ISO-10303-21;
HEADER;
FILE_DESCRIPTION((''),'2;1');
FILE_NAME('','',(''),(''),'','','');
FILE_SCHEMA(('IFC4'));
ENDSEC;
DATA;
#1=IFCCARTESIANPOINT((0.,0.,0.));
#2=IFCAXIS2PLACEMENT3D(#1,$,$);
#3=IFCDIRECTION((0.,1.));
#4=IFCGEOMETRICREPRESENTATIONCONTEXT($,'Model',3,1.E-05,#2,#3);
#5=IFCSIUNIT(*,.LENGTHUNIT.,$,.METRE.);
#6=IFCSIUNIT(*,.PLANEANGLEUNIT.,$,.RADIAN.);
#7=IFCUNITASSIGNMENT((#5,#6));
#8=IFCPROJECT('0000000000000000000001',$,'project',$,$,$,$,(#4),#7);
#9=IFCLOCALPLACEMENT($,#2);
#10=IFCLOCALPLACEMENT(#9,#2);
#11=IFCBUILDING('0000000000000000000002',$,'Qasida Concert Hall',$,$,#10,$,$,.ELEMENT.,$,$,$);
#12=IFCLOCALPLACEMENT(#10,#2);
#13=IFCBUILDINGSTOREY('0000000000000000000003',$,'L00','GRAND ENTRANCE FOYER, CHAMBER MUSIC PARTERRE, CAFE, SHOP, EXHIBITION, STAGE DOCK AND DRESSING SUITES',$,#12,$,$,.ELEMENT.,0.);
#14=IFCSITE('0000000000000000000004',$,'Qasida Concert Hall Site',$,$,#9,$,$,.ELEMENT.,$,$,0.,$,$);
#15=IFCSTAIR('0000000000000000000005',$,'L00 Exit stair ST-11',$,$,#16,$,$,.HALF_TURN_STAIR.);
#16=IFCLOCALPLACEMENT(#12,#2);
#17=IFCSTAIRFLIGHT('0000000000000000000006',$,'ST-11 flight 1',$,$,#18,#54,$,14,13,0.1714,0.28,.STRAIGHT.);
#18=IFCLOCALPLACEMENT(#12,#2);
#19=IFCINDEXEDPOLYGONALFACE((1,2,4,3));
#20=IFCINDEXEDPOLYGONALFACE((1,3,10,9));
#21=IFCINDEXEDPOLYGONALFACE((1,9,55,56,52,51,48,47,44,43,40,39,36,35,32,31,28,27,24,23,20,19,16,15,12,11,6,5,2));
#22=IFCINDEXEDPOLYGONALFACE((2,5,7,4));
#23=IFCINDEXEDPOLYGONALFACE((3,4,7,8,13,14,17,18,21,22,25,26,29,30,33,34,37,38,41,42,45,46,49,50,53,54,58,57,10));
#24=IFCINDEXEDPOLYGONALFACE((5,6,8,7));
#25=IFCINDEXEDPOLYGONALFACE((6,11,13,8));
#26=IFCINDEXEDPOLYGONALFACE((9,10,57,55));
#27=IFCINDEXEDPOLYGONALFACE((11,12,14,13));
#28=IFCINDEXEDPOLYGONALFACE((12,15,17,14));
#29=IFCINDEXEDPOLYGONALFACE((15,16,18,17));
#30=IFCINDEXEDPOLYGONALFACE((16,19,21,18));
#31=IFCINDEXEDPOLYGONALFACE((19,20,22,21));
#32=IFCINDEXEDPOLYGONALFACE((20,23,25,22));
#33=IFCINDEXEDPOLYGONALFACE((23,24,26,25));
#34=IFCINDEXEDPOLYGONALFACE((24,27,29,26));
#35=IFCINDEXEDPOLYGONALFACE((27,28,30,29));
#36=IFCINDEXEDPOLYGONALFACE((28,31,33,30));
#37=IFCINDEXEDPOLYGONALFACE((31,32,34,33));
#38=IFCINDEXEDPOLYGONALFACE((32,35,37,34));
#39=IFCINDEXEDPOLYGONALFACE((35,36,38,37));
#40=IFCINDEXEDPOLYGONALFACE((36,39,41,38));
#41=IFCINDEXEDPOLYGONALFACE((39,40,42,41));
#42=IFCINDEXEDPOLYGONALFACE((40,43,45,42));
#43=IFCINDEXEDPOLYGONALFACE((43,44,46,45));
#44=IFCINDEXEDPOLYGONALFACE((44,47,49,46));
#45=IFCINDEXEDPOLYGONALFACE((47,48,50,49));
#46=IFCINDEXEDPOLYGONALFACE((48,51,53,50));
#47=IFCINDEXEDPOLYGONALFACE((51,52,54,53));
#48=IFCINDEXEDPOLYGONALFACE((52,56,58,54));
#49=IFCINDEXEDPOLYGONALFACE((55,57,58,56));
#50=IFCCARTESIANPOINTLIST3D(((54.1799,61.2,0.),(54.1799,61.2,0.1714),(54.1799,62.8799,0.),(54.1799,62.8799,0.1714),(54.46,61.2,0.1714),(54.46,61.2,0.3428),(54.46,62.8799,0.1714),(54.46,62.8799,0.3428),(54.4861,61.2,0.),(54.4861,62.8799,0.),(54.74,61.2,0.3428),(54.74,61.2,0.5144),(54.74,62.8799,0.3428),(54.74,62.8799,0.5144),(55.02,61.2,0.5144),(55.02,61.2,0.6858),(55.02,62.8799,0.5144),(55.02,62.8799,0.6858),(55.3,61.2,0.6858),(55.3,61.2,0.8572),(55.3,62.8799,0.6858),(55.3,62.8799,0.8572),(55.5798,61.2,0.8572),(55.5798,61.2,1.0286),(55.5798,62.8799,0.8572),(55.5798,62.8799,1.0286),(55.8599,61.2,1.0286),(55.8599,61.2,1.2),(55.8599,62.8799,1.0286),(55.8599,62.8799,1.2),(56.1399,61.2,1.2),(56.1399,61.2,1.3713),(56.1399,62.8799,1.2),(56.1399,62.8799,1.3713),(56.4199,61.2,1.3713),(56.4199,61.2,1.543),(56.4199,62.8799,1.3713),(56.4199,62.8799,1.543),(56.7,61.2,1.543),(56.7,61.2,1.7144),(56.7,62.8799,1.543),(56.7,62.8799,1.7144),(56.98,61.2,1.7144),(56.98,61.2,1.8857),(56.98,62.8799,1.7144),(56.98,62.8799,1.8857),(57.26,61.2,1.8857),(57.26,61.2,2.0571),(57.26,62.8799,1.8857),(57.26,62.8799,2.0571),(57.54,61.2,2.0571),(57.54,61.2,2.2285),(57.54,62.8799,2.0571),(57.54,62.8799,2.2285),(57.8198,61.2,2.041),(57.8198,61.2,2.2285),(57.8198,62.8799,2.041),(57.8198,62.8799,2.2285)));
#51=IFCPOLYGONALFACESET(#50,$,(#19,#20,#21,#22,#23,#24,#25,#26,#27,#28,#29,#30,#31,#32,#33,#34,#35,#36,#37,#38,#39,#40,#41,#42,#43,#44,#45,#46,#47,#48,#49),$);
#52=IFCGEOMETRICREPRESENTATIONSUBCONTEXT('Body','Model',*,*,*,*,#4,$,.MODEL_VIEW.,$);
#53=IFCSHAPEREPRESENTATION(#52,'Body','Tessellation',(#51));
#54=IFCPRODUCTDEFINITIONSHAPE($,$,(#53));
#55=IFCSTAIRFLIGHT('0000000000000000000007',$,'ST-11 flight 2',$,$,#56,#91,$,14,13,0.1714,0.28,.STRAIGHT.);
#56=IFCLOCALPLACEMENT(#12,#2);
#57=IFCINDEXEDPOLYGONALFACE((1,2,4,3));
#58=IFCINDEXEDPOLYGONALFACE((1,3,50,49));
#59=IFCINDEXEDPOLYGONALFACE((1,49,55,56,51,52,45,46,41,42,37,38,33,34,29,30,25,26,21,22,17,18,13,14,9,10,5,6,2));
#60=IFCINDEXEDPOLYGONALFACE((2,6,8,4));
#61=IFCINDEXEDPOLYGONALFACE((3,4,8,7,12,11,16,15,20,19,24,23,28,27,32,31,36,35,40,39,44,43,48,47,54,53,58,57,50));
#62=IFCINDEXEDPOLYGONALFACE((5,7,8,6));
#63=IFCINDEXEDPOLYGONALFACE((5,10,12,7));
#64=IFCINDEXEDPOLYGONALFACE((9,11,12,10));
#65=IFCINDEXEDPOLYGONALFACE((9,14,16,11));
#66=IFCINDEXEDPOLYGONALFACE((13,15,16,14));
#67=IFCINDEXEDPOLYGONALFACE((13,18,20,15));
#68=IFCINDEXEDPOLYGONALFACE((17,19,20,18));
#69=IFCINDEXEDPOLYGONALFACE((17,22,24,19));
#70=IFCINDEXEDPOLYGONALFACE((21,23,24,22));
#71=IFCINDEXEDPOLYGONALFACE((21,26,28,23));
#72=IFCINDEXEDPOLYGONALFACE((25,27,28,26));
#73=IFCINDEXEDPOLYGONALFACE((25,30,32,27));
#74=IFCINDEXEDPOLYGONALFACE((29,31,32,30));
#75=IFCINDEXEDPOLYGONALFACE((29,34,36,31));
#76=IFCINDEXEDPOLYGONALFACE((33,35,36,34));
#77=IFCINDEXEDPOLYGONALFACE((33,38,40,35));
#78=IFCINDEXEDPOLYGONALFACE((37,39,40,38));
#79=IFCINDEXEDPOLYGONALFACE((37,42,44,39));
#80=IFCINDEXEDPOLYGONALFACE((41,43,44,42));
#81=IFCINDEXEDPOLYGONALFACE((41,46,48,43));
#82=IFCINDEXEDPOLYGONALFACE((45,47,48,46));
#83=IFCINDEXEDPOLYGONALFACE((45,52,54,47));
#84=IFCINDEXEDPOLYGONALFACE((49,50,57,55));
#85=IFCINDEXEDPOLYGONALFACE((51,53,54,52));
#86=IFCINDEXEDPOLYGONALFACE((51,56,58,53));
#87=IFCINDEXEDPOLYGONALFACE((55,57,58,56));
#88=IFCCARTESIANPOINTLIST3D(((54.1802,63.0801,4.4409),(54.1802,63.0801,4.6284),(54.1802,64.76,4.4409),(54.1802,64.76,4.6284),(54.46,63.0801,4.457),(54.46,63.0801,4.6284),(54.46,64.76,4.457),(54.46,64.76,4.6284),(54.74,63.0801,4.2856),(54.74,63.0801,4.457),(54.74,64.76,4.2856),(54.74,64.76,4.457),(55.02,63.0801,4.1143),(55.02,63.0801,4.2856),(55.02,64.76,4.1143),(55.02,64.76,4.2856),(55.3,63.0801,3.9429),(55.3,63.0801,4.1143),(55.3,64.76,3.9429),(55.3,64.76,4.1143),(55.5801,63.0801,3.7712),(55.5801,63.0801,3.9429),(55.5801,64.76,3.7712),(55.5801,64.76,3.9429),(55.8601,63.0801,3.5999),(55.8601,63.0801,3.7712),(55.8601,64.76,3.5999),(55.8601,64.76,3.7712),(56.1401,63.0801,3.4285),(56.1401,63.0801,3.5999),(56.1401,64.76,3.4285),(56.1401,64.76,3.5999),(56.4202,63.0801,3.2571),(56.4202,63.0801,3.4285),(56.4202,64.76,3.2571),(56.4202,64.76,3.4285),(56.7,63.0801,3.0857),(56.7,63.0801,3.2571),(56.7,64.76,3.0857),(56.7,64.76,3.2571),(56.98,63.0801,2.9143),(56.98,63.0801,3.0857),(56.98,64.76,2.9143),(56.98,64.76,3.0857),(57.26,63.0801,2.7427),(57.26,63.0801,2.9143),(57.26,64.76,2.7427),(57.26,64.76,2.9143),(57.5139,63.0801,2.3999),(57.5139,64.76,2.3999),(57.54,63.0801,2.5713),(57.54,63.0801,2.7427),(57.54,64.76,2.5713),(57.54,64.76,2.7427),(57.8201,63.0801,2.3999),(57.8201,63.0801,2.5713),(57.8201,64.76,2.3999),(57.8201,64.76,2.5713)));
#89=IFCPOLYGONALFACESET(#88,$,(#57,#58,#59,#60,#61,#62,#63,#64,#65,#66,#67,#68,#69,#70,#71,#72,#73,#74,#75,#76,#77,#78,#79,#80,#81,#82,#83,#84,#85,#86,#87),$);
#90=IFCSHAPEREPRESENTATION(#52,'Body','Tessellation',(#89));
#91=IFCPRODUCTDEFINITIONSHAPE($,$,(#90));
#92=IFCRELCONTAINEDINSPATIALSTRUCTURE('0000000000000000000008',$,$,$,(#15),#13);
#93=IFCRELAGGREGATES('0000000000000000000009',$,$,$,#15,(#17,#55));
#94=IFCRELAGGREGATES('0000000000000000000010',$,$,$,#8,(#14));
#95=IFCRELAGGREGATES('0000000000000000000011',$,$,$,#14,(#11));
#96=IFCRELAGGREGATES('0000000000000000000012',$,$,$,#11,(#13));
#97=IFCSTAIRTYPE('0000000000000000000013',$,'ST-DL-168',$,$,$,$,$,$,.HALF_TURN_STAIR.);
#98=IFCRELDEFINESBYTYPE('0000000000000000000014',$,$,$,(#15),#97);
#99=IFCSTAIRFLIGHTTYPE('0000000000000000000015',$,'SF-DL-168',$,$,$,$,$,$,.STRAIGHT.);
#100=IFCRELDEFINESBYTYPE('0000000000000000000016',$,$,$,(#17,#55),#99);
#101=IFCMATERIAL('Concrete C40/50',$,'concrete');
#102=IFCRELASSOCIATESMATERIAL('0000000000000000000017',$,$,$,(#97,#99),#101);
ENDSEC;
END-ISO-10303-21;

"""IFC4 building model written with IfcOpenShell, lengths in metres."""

from ifc_helpers import new_model, si_unit, direction, frame, origin, place, context, subcontext, project, spatial, polyline, outline, extrude, material, type_object, element, aggregate, save


model = new_model("IFC4")

# Units and contexts
model_context = context("Model", 3, precision=1e-05, world=origin(), true_north=direction((0.0, 1.0)))
body_context = subcontext(model_context, "Body", "Model", "MODEL_VIEW")
ifc_project = project(units=[si_unit("LENGTHUNIT", "METRE"), si_unit("PLANEANGLEUNIT", "RADIAN")], contexts=[model_context])

# Site, building, storey
site_placement = place(None, origin())
site = spatial("IfcSite", under=ifc_project, at=site_placement, Name="Qasida Concert Hall Site", CompositionType="ELEMENT", RefElevation=0.0)
building_placement = place(site_placement, origin())
building = spatial("IfcBuilding", under=site, at=building_placement, Name="Qasida Concert Hall", CompositionType="ELEMENT")
storey_placement = place(building_placement, origin())
storey = spatial("IfcBuildingStorey", under=building, at=storey_placement, Name="L00", Description="GRAND ENTRANCE FOYER, CHAMBER MUSIC PARTERRE, CAFE, SHOP, EXHIBITION, STAGE DOCK AND DRESSING SUITES", CompositionType="ELEMENT", Elevation=0.0)

# Shared definitions
ifc_material_1 = material(Name="Concrete C40/50", Category="concrete")

# Stair, stair flights
stair_type = type_object("IfcStairType", Name="ST-DL-168", PredefinedType="HALF_TURN_STAIR", material=ifc_material_1)
stair_placement = place(storey_placement, origin())
stair = element("IfcStair", 1, at=stair_placement, inside=storey, type_object=stair_type, Name="L00 Exit stair ST-11", PredefinedType="HALF_TURN_STAIR")
stair_flight_type = type_object("IfcStairFlightType", Name="SF-DL-168", PredefinedType="STRAIGHT", material=ifc_material_1)
stair_flight_1_placement = place(storey_placement, frame((54.1799, 62.04, 0.0), z_axis=(0.0, 0.0, 1.0), x_axis=(1.0, 0.0, 0.0)))
stair_flight_1 = element("IfcStairFlight", 2, at=stair_flight_1_placement, type_object=stair_flight_type, Name="ST-11 flight 1", NumberOfRisers=14, NumberOfTreads=13, PredefinedType="STRAIGHT", RiserHeight=0.1714, TreadLength=0.28, context=body_context, shape_type="SweptSolid", body=[
    extrude(outline(polyline([(0.0, 0.0), (0.0, 0.1714), (0.28, 0.1714), (0.28, 0.3428), (0.5601, 0.3428), (0.5601, 0.5144), (0.8401, 0.5144), (0.8401, 0.6858), (1.1201, 0.6858), (1.1201, 0.8572), (1.3999, 0.8572), (1.3999, 1.0286), (1.6799, 1.0286), (1.6799, 1.2), (1.96, 1.2), (1.96, 1.3713), (2.24, 1.3713), (2.24, 1.543), (2.52, 1.543), (2.52, 1.7144), (2.8, 1.7144), (2.8, 1.8857), (3.0801, 1.8857), (3.0801, 2.0571), (3.3601, 2.0571), (3.3601, 2.2285), (3.6399, 2.2285), (3.6399, 2.3999), (3.6399, 2.041), (0.3062, 0.0), (0.0, 0.0)])), frame((0.0, 0.8398, 0.0), z_axis=(0.0, -1.0, 0.0), x_axis=(1.0, 0.0, 0.0)), (0.0, 0.0, 1.0), 1.6799),
])
stair_flight_2_placement = place(storey_placement, frame((57.8201, 63.9199, 2.3999), z_axis=(0.0, 0.0, 1.0), x_axis=(-1.0, 0.0, 0.0)))
stair_flight_2 = element("IfcStairFlight", 3, at=stair_flight_2_placement, type_object=stair_flight_type, Name="ST-11 flight 2", NumberOfRisers=14, NumberOfTreads=13, PredefinedType="STRAIGHT", RiserHeight=0.1714, TreadLength=0.28, context=body_context, shape_type="SweptSolid", body=[
    extrude(outline(polyline([(0.0, 0.0), (0.0, 0.1714), (0.28, 0.1714), (0.28, 0.3428), (0.5601, 0.3428), (0.5601, 0.5144), (0.8401, 0.5144), (0.8401, 0.6858), (1.1201, 0.6858), (1.1201, 0.8572), (1.3999, 0.8572), (1.3999, 1.0286), (1.6799, 1.0286), (1.6799, 1.2), (1.96, 1.2), (1.96, 1.3713), (2.24, 1.3713), (2.24, 1.543), (2.52, 1.543), (2.52, 1.7144), (2.8, 1.7144), (2.8, 1.8857), (3.0801, 1.8857), (3.0801, 2.0571), (3.3601, 2.0571), (3.3601, 2.2285), (3.6399, 2.2285), (3.6399, 2.3999), (3.6399, 2.041), (0.3062, 0.0), (0.0, 0.0)])), frame((0.0, 0.8398, 0.0), z_axis=(0.0, -1.0, 0.0), x_axis=(1.0, 0.0, 0.0)), (0.0, 0.0, 1.0), 1.6799),
])
aggregate(stair, [stair_flight_1, stair_flight_2])

save(model, "model.ifc")
